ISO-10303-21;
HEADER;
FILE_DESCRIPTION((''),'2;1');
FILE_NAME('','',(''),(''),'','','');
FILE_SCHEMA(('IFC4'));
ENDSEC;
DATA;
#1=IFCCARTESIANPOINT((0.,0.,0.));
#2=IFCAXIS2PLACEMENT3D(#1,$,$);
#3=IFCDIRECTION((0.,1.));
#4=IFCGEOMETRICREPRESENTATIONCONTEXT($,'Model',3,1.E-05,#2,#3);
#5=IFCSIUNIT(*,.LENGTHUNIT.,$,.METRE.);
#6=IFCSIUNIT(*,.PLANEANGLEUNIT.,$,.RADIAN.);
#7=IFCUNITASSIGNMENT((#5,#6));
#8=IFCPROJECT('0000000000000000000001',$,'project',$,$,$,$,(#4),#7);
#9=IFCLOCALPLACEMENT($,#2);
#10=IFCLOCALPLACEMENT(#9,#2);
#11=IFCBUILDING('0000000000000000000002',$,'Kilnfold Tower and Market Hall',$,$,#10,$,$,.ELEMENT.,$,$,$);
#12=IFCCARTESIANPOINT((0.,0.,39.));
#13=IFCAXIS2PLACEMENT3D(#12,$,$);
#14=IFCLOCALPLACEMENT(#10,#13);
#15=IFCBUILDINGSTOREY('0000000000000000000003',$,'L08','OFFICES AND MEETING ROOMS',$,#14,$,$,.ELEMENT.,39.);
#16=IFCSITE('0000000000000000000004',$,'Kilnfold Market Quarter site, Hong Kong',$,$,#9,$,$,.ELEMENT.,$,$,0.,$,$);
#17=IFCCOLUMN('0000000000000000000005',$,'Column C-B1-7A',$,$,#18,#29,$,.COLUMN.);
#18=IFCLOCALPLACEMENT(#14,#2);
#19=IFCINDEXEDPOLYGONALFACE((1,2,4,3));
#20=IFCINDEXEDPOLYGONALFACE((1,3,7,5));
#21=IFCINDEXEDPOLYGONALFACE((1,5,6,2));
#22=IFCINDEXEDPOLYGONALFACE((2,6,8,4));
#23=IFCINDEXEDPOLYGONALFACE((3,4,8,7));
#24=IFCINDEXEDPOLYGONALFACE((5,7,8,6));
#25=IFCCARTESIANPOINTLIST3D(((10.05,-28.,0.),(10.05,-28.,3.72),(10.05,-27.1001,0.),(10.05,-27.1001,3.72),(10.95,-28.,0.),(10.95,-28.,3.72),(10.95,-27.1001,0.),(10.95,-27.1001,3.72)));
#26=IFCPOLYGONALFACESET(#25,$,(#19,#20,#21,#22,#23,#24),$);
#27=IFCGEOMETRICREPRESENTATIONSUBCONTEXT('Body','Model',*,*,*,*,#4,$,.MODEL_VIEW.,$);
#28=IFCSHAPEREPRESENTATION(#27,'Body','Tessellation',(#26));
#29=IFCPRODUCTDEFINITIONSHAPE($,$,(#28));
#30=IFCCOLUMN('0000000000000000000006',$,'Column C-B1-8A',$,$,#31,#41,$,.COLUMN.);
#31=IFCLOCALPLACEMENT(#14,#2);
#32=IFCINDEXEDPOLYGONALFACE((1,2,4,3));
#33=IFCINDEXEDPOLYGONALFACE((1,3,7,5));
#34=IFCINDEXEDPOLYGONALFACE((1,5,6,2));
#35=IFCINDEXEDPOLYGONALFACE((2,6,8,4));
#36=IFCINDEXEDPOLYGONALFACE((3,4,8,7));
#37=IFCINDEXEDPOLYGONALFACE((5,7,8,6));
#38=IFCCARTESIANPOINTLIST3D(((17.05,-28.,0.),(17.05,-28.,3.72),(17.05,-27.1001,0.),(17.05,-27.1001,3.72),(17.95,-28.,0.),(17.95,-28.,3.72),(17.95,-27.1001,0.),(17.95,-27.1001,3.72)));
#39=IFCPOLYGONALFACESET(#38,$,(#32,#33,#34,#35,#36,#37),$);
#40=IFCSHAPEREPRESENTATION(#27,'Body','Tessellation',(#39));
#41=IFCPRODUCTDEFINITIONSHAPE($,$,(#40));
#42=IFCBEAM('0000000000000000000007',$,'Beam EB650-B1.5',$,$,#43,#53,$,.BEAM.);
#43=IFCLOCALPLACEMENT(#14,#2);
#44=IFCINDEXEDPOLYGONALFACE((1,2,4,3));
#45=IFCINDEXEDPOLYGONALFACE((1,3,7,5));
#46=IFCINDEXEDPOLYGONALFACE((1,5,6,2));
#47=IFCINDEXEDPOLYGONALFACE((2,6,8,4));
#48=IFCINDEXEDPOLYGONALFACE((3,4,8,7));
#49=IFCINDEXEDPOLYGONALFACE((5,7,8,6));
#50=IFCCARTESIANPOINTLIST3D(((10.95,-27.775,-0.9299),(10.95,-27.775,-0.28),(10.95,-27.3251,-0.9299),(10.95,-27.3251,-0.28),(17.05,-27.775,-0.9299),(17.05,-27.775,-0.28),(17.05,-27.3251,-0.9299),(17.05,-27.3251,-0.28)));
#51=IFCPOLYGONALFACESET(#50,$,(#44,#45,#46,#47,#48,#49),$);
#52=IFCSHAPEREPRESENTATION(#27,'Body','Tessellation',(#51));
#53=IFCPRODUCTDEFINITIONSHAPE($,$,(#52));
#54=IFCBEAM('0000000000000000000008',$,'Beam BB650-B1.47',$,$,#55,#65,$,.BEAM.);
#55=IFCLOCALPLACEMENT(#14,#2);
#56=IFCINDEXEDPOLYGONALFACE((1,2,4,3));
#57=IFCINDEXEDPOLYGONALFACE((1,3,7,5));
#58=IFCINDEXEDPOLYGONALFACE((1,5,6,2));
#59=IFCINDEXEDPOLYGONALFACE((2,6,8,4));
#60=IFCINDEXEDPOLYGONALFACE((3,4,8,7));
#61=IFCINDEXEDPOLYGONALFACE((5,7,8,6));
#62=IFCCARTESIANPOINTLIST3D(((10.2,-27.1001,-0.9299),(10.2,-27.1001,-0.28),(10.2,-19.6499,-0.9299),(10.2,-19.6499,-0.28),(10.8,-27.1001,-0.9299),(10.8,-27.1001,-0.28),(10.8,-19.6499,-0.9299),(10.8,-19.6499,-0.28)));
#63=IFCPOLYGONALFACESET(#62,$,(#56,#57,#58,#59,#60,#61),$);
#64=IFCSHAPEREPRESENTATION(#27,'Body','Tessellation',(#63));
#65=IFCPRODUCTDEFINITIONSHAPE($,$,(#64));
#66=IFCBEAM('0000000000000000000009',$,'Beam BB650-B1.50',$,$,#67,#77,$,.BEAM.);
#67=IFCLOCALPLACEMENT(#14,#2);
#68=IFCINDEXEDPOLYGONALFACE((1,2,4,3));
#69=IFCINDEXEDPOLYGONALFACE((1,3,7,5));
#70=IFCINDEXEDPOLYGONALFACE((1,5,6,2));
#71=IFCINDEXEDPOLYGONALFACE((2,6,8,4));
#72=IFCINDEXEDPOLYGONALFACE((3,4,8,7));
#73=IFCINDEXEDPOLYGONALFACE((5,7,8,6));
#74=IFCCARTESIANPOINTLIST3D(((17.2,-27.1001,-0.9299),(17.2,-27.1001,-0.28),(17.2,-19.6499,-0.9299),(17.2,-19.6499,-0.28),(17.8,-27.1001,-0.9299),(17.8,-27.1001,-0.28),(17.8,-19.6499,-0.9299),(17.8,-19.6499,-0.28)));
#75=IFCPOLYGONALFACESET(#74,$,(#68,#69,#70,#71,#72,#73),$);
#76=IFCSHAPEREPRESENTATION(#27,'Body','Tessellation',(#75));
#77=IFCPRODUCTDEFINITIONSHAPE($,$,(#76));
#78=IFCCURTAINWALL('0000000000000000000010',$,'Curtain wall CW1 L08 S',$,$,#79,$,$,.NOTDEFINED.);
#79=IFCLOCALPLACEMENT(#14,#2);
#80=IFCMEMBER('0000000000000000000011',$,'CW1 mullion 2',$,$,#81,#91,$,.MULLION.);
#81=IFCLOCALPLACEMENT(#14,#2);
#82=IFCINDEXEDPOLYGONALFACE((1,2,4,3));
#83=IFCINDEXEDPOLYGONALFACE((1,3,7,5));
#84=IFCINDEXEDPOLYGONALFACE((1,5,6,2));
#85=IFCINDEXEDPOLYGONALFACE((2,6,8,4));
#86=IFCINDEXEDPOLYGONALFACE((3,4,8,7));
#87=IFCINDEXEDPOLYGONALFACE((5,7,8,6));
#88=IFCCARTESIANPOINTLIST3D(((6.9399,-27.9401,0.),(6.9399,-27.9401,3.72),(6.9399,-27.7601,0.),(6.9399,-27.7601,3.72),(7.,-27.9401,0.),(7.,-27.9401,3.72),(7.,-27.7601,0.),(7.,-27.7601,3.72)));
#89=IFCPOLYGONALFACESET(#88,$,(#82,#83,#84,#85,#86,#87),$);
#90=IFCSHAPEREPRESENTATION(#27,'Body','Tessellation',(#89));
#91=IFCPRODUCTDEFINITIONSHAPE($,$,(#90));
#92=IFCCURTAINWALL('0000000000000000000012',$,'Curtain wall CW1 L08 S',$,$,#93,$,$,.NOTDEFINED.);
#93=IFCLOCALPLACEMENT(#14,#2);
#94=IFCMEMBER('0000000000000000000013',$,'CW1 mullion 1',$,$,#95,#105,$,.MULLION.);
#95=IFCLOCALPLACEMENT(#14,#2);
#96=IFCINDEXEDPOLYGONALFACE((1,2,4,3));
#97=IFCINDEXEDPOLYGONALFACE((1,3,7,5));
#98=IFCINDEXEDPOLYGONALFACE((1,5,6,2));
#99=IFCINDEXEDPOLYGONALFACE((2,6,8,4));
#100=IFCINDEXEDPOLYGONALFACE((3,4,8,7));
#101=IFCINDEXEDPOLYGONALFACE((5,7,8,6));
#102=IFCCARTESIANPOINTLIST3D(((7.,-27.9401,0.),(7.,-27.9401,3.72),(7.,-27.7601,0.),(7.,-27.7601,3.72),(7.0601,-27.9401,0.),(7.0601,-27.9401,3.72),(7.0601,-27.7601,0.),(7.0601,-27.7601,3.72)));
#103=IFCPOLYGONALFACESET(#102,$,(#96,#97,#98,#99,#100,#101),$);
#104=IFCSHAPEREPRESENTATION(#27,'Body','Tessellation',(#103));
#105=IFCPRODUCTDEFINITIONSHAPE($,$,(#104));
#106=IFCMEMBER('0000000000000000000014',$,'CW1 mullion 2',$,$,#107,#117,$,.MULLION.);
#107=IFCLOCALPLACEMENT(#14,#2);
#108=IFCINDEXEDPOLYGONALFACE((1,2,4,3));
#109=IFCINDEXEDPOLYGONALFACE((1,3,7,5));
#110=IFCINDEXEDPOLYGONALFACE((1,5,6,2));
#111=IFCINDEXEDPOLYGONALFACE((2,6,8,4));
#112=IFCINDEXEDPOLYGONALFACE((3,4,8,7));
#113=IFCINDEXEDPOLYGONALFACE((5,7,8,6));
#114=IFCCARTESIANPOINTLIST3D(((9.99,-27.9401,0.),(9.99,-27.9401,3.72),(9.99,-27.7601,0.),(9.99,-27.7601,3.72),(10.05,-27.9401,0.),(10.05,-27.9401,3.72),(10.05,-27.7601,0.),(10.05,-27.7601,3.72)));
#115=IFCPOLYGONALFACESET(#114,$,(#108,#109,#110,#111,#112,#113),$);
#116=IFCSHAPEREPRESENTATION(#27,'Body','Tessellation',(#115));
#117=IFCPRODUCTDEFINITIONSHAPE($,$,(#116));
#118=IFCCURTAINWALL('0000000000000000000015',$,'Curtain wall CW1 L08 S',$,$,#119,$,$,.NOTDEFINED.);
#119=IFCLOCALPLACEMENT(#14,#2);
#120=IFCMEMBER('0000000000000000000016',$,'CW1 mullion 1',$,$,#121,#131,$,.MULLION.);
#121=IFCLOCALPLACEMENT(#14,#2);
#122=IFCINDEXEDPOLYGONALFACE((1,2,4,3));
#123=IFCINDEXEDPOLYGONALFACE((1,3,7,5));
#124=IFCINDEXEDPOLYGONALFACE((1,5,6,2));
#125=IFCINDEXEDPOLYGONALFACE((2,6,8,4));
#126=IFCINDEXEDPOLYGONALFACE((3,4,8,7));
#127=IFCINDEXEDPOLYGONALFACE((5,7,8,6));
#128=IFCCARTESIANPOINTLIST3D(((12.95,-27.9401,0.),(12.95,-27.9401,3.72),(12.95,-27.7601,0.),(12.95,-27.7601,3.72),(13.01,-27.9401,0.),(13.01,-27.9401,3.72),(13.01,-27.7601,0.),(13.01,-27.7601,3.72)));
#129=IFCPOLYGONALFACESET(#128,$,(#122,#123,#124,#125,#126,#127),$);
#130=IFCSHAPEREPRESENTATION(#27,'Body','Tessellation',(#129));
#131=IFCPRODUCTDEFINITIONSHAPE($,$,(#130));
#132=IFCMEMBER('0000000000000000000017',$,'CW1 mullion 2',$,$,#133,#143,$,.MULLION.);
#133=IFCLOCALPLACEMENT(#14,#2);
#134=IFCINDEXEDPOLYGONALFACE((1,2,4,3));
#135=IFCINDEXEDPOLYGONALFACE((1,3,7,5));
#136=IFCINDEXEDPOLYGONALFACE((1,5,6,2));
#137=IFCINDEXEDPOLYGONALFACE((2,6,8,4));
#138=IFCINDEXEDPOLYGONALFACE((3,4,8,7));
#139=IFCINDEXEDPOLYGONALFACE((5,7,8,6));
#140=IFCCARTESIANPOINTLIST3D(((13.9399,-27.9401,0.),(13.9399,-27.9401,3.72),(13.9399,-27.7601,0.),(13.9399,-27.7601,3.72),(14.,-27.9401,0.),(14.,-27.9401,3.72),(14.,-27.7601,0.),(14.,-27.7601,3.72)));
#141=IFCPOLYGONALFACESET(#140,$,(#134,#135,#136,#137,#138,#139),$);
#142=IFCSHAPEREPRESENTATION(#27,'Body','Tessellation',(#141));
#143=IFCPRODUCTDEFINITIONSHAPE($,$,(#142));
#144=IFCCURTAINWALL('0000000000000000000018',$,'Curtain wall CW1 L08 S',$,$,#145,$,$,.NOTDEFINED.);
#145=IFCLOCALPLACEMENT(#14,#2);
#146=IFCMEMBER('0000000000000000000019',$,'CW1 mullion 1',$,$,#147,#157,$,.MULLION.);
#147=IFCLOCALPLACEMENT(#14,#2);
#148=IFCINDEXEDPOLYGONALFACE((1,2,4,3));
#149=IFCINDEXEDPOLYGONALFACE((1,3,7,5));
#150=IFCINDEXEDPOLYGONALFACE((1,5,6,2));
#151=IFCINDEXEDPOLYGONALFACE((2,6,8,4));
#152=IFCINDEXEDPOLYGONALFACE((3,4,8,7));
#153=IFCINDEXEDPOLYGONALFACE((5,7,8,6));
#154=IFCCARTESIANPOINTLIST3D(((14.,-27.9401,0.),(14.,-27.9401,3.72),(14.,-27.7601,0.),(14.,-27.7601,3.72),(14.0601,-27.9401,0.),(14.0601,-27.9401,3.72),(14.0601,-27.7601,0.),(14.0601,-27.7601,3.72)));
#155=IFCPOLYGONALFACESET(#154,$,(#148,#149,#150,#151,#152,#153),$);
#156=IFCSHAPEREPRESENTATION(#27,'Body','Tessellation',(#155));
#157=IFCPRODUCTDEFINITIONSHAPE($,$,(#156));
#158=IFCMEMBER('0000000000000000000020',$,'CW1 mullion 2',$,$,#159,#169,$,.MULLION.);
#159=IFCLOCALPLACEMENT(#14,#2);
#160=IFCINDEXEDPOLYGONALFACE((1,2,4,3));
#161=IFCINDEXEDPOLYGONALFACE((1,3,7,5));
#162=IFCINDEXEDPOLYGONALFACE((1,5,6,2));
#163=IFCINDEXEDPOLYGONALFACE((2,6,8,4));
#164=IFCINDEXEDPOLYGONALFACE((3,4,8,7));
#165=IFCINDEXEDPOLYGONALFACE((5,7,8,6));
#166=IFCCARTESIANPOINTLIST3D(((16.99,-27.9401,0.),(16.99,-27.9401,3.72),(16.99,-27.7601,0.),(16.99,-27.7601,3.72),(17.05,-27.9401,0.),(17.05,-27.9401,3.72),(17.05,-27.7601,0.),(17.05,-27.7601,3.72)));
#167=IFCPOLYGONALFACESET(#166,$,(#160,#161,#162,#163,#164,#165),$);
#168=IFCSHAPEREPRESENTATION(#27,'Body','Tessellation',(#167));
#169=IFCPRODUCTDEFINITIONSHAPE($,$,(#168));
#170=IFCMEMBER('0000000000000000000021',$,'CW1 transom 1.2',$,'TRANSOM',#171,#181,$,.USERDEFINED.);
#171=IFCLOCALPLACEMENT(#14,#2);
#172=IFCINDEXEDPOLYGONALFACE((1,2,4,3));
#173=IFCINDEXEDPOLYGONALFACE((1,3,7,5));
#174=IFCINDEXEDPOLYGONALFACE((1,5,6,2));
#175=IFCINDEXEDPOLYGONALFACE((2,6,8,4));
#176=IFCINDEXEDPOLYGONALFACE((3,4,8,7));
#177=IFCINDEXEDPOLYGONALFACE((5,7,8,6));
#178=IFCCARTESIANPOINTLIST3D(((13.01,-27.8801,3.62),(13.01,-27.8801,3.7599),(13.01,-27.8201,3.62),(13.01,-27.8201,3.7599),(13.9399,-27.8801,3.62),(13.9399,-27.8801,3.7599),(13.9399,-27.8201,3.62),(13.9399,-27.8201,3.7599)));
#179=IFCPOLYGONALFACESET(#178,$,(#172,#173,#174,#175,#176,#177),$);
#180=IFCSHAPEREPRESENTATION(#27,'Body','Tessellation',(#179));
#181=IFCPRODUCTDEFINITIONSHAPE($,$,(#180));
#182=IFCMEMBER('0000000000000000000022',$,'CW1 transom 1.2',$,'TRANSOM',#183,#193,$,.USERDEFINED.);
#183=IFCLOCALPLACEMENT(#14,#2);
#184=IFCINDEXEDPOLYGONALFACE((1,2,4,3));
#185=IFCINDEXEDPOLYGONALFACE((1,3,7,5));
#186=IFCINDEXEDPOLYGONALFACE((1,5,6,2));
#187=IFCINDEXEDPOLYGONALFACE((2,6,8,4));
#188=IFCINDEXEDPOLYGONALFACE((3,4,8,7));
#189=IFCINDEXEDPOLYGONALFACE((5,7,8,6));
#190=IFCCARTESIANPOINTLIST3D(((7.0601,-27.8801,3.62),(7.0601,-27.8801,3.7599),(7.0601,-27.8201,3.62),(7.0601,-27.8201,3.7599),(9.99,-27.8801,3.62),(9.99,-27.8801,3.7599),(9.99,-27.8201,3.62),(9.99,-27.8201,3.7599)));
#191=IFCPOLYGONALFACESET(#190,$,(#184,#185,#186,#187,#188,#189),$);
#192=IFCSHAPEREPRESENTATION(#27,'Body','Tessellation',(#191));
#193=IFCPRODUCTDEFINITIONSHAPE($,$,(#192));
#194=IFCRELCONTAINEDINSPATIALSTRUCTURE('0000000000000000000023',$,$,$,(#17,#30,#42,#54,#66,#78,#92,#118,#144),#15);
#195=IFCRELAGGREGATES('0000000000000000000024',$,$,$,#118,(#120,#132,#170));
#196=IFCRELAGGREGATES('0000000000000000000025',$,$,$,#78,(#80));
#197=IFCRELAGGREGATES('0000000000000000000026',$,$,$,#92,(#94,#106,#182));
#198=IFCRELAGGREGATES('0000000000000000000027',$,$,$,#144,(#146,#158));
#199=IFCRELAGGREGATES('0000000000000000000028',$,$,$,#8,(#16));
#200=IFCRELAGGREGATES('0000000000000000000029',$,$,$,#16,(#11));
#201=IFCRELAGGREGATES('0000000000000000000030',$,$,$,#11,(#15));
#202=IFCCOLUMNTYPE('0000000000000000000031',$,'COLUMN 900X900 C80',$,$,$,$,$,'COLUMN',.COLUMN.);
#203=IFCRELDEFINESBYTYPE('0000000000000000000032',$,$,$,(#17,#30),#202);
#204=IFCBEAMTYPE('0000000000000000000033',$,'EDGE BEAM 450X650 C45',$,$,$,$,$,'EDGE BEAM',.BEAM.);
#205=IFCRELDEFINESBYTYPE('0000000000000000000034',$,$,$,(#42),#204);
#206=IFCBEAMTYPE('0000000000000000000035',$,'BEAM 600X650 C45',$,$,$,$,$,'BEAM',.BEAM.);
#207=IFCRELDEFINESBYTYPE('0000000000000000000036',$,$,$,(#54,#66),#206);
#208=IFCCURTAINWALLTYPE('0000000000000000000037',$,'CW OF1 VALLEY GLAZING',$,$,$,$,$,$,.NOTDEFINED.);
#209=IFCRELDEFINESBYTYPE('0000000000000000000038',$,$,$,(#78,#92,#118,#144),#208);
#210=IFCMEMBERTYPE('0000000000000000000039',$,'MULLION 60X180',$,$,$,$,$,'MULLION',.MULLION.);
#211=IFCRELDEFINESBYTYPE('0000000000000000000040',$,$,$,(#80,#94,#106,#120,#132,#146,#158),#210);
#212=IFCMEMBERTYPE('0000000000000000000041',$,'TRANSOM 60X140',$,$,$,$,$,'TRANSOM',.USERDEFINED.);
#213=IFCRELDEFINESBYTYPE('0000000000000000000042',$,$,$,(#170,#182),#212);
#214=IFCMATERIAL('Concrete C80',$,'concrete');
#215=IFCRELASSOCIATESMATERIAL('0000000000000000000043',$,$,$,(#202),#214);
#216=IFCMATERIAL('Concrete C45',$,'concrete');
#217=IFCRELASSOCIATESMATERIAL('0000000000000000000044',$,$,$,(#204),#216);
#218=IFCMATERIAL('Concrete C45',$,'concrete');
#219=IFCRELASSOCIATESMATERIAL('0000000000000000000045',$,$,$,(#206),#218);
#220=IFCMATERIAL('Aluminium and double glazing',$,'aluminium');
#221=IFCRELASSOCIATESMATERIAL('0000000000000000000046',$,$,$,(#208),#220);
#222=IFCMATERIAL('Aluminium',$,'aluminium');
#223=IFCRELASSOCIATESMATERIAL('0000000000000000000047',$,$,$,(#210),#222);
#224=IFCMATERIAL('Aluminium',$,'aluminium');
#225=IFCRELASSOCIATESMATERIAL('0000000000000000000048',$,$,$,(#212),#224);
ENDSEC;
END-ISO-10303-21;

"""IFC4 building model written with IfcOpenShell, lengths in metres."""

from ifc_helpers import new_model, si_unit, direction, frame, origin, origin_2d, place, context, subcontext, project, spatial, rectangle, extrude, source, transform, mapped, material, material_profile, profile_set, type_object, element, aggregate, save


model = new_model("IFC4")

# Units and contexts
model_context = context("Model", 3, precision=1e-05, world=origin(), true_north=direction((0.0, 1.0)))
body_context = subcontext(model_context, "Body", "Model", "MODEL_VIEW")
ifc_project = project(units=[si_unit("LENGTHUNIT", "METRE"), si_unit("PLANEANGLEUNIT", "RADIAN")], contexts=[model_context])

# Site, building, storey
site_placement = place(None, origin())
site = spatial("IfcSite", under=ifc_project, at=site_placement, Name="Kilnfold Market Quarter site, Hong Kong", CompositionType="ELEMENT", RefElevation=0.0)
building_placement = place(site_placement, origin())
building = spatial("IfcBuilding", under=site, at=building_placement, Name="Kilnfold Tower and Market Hall", CompositionType="ELEMENT")
storey_placement = place(building_placement, frame((0.0, 0.0, 39.0)))
storey = spatial("IfcBuildingStorey", under=building, at=storey_placement, Name="L08", Description="OFFICES AND MEETING ROOMS", CompositionType="ELEMENT", Elevation=39.0)

# Columns
ifc_material_1 = material(Name="Concrete C80", Category="concrete")
ifc_material_profile_1 = material_profile(ifc_material_1, rectangle(XDim=0.8999, YDim=0.8999, at=origin_2d()), Name="RC 900x900")
ifc_profile_set_1 = profile_set([ifc_material_profile_1], Name="Concrete C80")
column_type = type_object("IfcColumnType", Name="COLUMN 900X900 C80", ElementType="COLUMN", PredefinedType="COLUMN", material=ifc_profile_set_1)
shared_shape_1 = source(origin(), body_context, "Body", "SweptSolid", [
    extrude(rectangle(XDim=0.8999, YDim=0.8999, at=origin_2d()), origin(), (0.0, 0.0, 1.0), 3.72),
])
for number, where, z_axis, x_axis, name in (
    (1, (10.5, -27.55, 0.0), (0.0, 0.0, 1.0), (1.0, 0.0, 0.0), "Column C-B1-7A"),
    (2, (17.5, -27.55, 0.0), (0.0, 0.0, 1.0), (1.0, 0.0, 0.0), "Column C-B1-8A"),
):
    element("IfcColumn", number, at=place(storey_placement, frame(where, z_axis=z_axis, x_axis=x_axis)), inside=storey, type_object=column_type, Name=name, PredefinedType="COLUMN", context=body_context, shape_type="MappedRepresentation", body=[
        mapped(shared_shape_1, transform((0.0, 0.0, 0.0))),
    ])

# Beams
ifc_material_2 = material(Name="Concrete C45", Category="concrete")
ifc_material_profile_2 = material_profile(ifc_material_2, rectangle(XDim=0.45, YDim=0.6499, at=origin_2d()), Name="RC 450x650")
ifc_profile_set_2 = profile_set([ifc_material_profile_2], Name="Concrete C45")
beam_type_1 = type_object("IfcBeamType", Name="EDGE BEAM 450X650 C45", ElementType="EDGE BEAM", PredefinedType="BEAM", material=ifc_profile_set_2)
shared_shape_2 = source(origin(), body_context, "Body", "SweptSolid", [
    extrude(rectangle(XDim=0.45, YDim=0.6499, at=origin_2d()), origin(), (0.0, 0.0, 1.0), 6.1001),
])
beam_placement = place(storey_placement, frame((10.95, -27.55, -0.605), z_axis=(1.0, 0.0, 0.0), x_axis=(0.0, 1.0, 0.0)))
element("IfcBeam", 3, at=beam_placement, inside=storey, type_object=beam_type_1, Name="Beam EB650-B1.5", PredefinedType="BEAM", context=body_context, shape_type="MappedRepresentation", body=[
    mapped(shared_shape_2, transform((0.0, 0.0, 0.0))),
])
ifc_material_3 = material(Name="Concrete C45", Category="concrete")
ifc_material_profile_3 = material_profile(ifc_material_3, rectangle(XDim=0.6001, YDim=0.6499, at=origin_2d()), Name="RC 600x650")
ifc_profile_set_3 = profile_set([ifc_material_profile_3], Name="Concrete C45")
beam_type_2 = type_object("IfcBeamType", Name="BEAM 600X650 C45", ElementType="BEAM", PredefinedType="BEAM", material=ifc_profile_set_3)
shared_shape_3 = source(origin(), body_context, "Body", "SweptSolid", [
    extrude(rectangle(XDim=0.6001, YDim=0.6499, at=origin_2d()), origin(), (0.0, 0.0, 1.0), 7.4502),
])
for number, where, z_axis, x_axis, name in (
    (4, (10.5, -27.1001, -0.605), (0.0, 1.0, 0.0), (-1.0, 0.0, 0.0), "Beam BB650-B1.47"),
    (5, (17.5, -27.1001, -0.605), (0.0, 1.0, 0.0), (-1.0, 0.0, 0.0), "Beam BB650-B1.50"),
):
    element("IfcBeam", number, at=place(storey_placement, frame(where, z_axis=z_axis, x_axis=x_axis)), inside=storey, type_object=beam_type_2, Name=name, PredefinedType="BEAM", context=body_context, shape_type="MappedRepresentation", body=[
        mapped(shared_shape_3, transform((0.0, 0.0, 0.0))),
    ])

# Curtain wall, member
ifc_material_4 = material(Name="Aluminium and double glazing", Category="aluminium")
curtain_wall_type = type_object("IfcCurtainWallType", Name="CW OF1 VALLEY GLAZING", PredefinedType="NOTDEFINED", material=ifc_material_4)
curtain_wall_1_placement = place(storey_placement, origin())
curtain_wall_1 = element("IfcCurtainWall", 6, at=curtain_wall_1_placement, inside=storey, type_object=curtain_wall_type, Name="Curtain wall CW1 L08 S", PredefinedType="NOTDEFINED")
ifc_material_5 = material(Name="Aluminium", Category="aluminium")
ifc_material_profile_4 = material_profile(ifc_material_5, rectangle(XDim=0.0601, YDim=0.1799, at=origin_2d()), Name="MULLION 60x180")
ifc_profile_set_4 = profile_set([ifc_material_profile_4], Name="Aluminium")
member_type_1 = type_object("IfcMemberType", Name="MULLION 60X180", ElementType="MULLION", PredefinedType="MULLION", material=ifc_profile_set_4)
shared_shape_4 = source(origin(), body_context, "Body", "SweptSolid", [
    extrude(rectangle(XDim=0.0601, YDim=0.1799, at=origin_2d()), origin(), (0.0, 0.0, 1.0), 3.72),
])
member_1_placement = place(storey_placement, frame((6.97, -27.8501, 0.0), z_axis=(0.0, 0.0, 1.0), x_axis=(1.0, 0.0, 0.0)))
member_1 = element("IfcMember", 7, at=member_1_placement, type_object=member_type_1, Name="CW1 mullion 2", PredefinedType="MULLION", context=body_context, shape_type="MappedRepresentation", body=[
    mapped(shared_shape_4, transform((0.0, 0.0, 0.0))),
])

# Curtain walls, members
curtain_wall_2_placement = place(storey_placement, origin())
curtain_wall_2 = element("IfcCurtainWall", 8, at=curtain_wall_2_placement, inside=storey, type_object=curtain_wall_type, Name="Curtain wall CW1 L08 S", PredefinedType="NOTDEFINED")
member_2_placement = place(storey_placement, frame((7.03, -27.8501, 0.0), z_axis=(0.0, 0.0, 1.0), x_axis=(1.0, 0.0, 0.0)))
member_2 = element("IfcMember", 9, at=member_2_placement, type_object=member_type_1, Name="CW1 mullion 1", PredefinedType="MULLION", context=body_context, shape_type="MappedRepresentation", body=[
    mapped(shared_shape_4, transform((0.0, 0.0, 0.0))),
])
member_3_placement = place(storey_placement, frame((10.02, -27.8501, 0.0), z_axis=(0.0, 0.0, 1.0), x_axis=(1.0, 0.0, 0.0)))
member_3 = element("IfcMember", 10, at=member_3_placement, type_object=member_type_1, Name="CW1 mullion 2", PredefinedType="MULLION", context=body_context, shape_type="MappedRepresentation", body=[
    mapped(shared_shape_4, transform((0.0, 0.0, 0.0))),
])
curtain_wall_3_placement = place(storey_placement, origin())
curtain_wall_3 = element("IfcCurtainWall", 11, at=curtain_wall_3_placement, inside=storey, type_object=curtain_wall_type, Name="Curtain wall CW1 L08 S", PredefinedType="NOTDEFINED")
member_4_placement = place(storey_placement, frame((12.98, -27.8501, 0.0), z_axis=(0.0, 0.0, 1.0), x_axis=(1.0, 0.0, 0.0)))
member_4 = element("IfcMember", 12, at=member_4_placement, type_object=member_type_1, Name="CW1 mullion 1", PredefinedType="MULLION", context=body_context, shape_type="MappedRepresentation", body=[
    mapped(shared_shape_4, transform((0.0, 0.0, 0.0))),
])
member_5_placement = place(storey_placement, frame((13.97, -27.8501, 0.0), z_axis=(0.0, 0.0, 1.0), x_axis=(1.0, 0.0, 0.0)))
member_5 = element("IfcMember", 13, at=member_5_placement, type_object=member_type_1, Name="CW1 mullion 2", PredefinedType="MULLION", context=body_context, shape_type="MappedRepresentation", body=[
    mapped(shared_shape_4, transform((0.0, 0.0, 0.0))),
])
curtain_wall_4_placement = place(storey_placement, origin())
curtain_wall_4 = element("IfcCurtainWall", 14, at=curtain_wall_4_placement, inside=storey, type_object=curtain_wall_type, Name="Curtain wall CW1 L08 S", PredefinedType="NOTDEFINED")
member_6_placement = place(storey_placement, frame((14.03, -27.8501, 0.0), z_axis=(0.0, 0.0, 1.0), x_axis=(1.0, 0.0, 0.0)))
member_6 = element("IfcMember", 15, at=member_6_placement, type_object=member_type_1, Name="CW1 mullion 1", PredefinedType="MULLION", context=body_context, shape_type="MappedRepresentation", body=[
    mapped(shared_shape_4, transform((0.0, 0.0, 0.0))),
])
member_7_placement = place(storey_placement, frame((17.02, -27.8501, 0.0), z_axis=(0.0, 0.0, 1.0), x_axis=(1.0, 0.0, 0.0)))
member_7 = element("IfcMember", 16, at=member_7_placement, type_object=member_type_1, Name="CW1 mullion 2", PredefinedType="MULLION", context=body_context, shape_type="MappedRepresentation", body=[
    mapped(shared_shape_4, transform((0.0, 0.0, 0.0))),
])

# Members
ifc_material_6 = material(Name="Aluminium", Category="aluminium")
ifc_material_profile_5 = material_profile(ifc_material_6, rectangle(XDim=0.0601, YDim=0.1399, at=origin_2d()), Name="TRANSOM 60x140")
ifc_profile_set_5 = profile_set([ifc_material_profile_5], Name="Aluminium")
member_type_2 = type_object("IfcMemberType", Name="TRANSOM 60X140", ElementType="TRANSOM", PredefinedType="USERDEFINED", material=ifc_profile_set_5)
shared_shape_5 = source(origin(), body_context, "Body", "SweptSolid", [
    extrude(rectangle(XDim=0.0601, YDim=0.1399, at=origin_2d()), origin(), (0.0, 0.0, 1.0), 0.9299),
])
member_8_placement = place(storey_placement, frame((13.01, -27.8501, 3.6899), z_axis=(1.0, 0.0, 0.0), x_axis=(0.0, 1.0, 0.0)))
member_8 = element("IfcMember", 17, at=member_8_placement, type_object=member_type_2, Name="CW1 transom 1.2", ObjectType="TRANSOM", PredefinedType="USERDEFINED", context=body_context, shape_type="MappedRepresentation", body=[
    mapped(shared_shape_5, transform((0.0, 0.0, 0.0))),
])
shared_shape_6 = source(origin(), body_context, "Body", "SweptSolid", [
    extrude(rectangle(XDim=0.0601, YDim=0.1399, at=origin_2d()), origin(), (0.0, 0.0, 1.0), 2.9299),
])
member_9_placement = place(storey_placement, frame((7.0601, -27.8501, 3.6899), z_axis=(1.0, 0.0, 0.0), x_axis=(0.0, 1.0, 0.0)))
member_9 = element("IfcMember", 18, at=member_9_placement, type_object=member_type_2, Name="CW1 transom 1.2", ObjectType="TRANSOM", PredefinedType="USERDEFINED", context=body_context, shape_type="MappedRepresentation", body=[
    mapped(shared_shape_6, transform((0.0, 0.0, 0.0))),
])

aggregate(curtain_wall_3, [member_4, member_5, member_8])
aggregate(curtain_wall_1, [member_1])
aggregate(curtain_wall_2, [member_2, member_3, member_9])
aggregate(curtain_wall_4, [member_6, member_7])

save(model, "model.ifc")
